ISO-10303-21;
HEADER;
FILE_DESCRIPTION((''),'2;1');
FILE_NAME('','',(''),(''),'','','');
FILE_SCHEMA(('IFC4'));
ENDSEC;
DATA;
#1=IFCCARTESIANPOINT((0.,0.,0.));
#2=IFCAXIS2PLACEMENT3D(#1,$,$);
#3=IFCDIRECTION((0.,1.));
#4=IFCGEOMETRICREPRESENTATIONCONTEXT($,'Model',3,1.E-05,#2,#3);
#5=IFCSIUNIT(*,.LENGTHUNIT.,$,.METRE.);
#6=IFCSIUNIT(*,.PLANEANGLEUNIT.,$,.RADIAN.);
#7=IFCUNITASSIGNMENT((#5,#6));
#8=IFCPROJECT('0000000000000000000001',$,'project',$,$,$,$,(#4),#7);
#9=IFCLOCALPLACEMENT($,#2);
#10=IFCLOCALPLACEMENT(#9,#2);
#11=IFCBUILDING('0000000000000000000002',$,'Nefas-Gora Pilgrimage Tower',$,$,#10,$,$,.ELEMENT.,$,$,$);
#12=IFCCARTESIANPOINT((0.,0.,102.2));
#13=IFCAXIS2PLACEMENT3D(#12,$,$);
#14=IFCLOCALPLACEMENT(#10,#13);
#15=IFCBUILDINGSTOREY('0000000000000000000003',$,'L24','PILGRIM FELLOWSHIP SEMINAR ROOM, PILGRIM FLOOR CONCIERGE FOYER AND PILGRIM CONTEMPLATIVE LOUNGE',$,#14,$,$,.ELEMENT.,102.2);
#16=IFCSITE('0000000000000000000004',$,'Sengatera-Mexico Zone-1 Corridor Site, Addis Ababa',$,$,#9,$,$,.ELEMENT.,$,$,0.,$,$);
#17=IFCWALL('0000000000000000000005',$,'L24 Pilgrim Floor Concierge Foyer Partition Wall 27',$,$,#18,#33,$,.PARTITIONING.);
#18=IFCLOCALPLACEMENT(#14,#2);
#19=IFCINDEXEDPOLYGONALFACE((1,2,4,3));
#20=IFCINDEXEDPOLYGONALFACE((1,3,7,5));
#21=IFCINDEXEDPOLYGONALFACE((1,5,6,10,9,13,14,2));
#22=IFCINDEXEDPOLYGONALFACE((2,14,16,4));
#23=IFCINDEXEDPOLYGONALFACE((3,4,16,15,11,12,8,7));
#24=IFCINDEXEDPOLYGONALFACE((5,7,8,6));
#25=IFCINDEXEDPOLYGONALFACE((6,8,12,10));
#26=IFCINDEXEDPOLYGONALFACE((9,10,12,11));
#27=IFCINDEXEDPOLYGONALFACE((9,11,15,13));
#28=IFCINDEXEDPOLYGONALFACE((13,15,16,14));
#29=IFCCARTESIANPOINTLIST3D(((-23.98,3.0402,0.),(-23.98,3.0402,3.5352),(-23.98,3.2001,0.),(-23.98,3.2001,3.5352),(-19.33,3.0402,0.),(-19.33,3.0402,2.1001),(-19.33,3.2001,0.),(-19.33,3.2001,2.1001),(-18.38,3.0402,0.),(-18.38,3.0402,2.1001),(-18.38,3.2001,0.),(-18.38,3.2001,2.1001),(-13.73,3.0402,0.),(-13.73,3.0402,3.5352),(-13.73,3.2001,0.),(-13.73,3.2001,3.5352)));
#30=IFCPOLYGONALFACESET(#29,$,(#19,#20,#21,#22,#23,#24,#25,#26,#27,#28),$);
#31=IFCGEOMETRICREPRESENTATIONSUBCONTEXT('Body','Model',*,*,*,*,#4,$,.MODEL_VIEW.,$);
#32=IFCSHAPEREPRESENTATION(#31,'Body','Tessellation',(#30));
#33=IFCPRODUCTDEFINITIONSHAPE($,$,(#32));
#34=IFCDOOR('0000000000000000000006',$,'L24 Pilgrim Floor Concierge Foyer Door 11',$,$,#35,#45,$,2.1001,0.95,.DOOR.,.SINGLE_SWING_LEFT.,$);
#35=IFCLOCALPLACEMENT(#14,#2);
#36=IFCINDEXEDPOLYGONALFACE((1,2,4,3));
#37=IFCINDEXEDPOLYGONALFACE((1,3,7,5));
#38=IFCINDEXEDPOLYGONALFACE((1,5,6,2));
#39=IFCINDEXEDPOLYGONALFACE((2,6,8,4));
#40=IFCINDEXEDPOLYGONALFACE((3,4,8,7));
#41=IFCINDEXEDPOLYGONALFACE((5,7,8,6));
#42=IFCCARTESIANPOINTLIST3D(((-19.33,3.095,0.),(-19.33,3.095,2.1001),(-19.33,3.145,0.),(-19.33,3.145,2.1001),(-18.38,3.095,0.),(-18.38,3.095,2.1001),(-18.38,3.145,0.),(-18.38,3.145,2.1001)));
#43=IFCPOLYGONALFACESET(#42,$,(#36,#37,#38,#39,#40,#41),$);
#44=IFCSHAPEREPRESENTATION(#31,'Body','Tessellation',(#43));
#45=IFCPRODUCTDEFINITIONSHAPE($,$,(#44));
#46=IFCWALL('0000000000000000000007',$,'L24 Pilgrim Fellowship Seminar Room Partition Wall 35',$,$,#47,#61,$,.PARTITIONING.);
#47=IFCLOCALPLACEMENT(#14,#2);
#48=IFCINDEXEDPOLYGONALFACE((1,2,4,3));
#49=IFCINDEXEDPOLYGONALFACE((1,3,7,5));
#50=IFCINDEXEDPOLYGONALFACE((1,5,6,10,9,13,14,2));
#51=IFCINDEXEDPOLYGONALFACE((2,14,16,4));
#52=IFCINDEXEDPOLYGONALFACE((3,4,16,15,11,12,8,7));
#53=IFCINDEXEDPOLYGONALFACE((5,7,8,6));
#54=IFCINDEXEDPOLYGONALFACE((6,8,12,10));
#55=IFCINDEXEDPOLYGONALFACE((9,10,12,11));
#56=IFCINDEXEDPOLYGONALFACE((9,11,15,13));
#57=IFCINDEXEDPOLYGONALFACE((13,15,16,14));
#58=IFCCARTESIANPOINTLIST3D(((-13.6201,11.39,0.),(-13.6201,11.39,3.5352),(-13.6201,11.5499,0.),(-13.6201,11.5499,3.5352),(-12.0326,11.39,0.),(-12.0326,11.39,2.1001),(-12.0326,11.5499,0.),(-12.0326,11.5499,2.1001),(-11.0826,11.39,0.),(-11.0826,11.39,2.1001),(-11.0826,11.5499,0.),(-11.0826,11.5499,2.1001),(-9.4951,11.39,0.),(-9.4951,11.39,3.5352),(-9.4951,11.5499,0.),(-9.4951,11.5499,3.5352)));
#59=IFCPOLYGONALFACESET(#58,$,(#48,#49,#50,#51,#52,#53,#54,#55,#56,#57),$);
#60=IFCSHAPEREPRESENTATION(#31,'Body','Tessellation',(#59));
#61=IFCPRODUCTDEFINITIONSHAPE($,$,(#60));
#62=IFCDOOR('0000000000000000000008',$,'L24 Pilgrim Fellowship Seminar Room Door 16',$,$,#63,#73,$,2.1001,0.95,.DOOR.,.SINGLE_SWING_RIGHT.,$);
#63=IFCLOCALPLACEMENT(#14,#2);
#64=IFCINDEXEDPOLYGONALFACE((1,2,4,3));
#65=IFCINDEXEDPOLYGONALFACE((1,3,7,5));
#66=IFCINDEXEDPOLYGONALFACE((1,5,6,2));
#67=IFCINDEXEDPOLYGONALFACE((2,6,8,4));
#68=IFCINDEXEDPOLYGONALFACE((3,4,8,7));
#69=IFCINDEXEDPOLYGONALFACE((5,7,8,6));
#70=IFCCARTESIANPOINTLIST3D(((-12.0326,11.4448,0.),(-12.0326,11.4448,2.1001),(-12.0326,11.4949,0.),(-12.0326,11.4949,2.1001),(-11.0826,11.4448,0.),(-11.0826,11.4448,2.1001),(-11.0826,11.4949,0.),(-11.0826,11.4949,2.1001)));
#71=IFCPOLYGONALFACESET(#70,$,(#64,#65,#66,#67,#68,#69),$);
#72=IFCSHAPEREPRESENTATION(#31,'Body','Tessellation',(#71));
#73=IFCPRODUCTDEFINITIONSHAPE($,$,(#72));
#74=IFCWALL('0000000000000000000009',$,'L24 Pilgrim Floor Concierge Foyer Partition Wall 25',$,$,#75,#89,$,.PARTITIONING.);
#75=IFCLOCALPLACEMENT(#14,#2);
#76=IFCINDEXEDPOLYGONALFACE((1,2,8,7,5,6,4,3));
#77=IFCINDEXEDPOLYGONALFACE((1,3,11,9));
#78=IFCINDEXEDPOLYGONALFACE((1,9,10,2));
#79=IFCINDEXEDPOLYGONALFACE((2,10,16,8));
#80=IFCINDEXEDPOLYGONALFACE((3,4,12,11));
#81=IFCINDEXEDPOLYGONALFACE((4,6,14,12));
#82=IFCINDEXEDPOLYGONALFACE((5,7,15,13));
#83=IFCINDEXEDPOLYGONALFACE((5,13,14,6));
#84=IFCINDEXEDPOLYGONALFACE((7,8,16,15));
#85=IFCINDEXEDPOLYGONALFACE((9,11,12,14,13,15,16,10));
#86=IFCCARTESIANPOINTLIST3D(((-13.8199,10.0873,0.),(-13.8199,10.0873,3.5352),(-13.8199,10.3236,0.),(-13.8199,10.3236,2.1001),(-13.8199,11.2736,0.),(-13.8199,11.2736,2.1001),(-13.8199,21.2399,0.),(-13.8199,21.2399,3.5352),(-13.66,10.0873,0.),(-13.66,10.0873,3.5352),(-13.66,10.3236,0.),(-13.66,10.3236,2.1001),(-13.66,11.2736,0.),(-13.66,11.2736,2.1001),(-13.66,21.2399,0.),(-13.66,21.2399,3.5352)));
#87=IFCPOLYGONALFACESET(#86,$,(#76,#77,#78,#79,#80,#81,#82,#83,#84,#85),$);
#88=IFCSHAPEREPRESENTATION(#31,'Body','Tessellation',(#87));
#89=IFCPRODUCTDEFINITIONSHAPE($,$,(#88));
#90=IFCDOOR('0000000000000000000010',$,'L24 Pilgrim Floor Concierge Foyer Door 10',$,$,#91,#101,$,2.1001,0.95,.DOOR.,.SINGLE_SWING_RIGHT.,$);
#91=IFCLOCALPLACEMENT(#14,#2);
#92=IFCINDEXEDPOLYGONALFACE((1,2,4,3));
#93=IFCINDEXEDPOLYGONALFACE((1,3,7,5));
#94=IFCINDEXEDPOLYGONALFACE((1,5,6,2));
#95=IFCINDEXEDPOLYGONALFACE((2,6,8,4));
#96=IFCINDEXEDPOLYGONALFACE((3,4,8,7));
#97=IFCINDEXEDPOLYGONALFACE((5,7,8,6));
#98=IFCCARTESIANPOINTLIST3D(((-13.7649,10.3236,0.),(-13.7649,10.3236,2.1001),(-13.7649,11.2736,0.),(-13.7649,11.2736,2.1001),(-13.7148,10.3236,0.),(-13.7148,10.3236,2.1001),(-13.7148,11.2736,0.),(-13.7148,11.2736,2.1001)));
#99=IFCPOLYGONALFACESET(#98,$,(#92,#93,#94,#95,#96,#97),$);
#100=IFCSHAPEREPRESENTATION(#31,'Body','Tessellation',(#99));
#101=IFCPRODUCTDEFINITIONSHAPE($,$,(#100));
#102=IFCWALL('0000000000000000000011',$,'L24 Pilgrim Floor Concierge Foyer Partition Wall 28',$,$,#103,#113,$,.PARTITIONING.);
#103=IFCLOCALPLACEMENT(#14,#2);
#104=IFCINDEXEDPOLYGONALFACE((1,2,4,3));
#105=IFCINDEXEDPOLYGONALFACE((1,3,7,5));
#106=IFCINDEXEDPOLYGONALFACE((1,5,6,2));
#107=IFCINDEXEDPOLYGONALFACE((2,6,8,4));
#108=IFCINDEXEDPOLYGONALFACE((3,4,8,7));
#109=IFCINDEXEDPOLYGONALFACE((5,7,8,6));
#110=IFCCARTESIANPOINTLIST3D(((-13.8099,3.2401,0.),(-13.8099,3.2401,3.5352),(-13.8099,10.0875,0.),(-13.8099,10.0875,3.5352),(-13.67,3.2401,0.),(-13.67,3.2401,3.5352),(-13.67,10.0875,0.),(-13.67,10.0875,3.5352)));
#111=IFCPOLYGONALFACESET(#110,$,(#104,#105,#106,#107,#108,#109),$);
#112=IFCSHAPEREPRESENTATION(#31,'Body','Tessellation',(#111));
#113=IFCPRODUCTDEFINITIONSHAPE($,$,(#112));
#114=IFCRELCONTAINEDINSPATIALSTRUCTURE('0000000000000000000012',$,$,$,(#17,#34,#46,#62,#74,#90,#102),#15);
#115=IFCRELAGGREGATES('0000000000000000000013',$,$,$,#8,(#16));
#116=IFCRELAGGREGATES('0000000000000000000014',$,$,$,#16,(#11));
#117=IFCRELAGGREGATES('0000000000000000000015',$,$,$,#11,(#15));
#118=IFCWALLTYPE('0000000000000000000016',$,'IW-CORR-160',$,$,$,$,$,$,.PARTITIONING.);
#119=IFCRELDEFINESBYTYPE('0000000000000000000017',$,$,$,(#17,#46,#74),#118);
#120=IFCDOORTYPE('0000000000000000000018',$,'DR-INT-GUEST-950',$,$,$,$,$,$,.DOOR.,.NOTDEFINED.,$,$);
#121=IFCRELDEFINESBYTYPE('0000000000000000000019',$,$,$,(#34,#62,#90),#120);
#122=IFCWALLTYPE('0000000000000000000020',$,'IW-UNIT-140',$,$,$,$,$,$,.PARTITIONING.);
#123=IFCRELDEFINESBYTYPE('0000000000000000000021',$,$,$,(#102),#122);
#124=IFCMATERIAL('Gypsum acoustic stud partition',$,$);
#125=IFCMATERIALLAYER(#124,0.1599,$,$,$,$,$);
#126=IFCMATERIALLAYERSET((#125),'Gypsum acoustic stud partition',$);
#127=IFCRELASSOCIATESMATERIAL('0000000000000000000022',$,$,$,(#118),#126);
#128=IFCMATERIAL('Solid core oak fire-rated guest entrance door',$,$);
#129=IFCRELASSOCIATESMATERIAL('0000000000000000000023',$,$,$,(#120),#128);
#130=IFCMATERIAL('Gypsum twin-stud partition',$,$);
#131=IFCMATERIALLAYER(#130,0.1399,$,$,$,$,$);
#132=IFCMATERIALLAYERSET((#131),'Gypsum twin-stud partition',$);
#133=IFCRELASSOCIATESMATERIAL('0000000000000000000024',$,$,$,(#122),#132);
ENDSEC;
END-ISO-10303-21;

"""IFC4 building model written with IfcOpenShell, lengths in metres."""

from ifc_helpers import new_model, si_unit, direction, frame, frame_2d, origin, place, context, subcontext, project, spatial, rectangle, extrude, source, transform, mapped, material, layer, layer_set, type_object, element, fill, save


model = new_model("IFC4")

# Units and contexts
model_context = context("Model", 3, precision=1e-05, world=origin(), true_north=direction((0.0, 1.0)))
body_context = subcontext(model_context, "Body", "Model", "MODEL_VIEW")
ifc_project = project(units=[si_unit("LENGTHUNIT", "METRE"), si_unit("PLANEANGLEUNIT", "RADIAN")], contexts=[model_context])

# Site, building, storey
site_placement = place(None, origin())
site = spatial("IfcSite", under=ifc_project, at=site_placement, Name="Sengatera-Mexico Zone-1 Corridor Site, Addis Ababa", CompositionType="ELEMENT", RefElevation=0.0)
building_placement = place(site_placement, origin())
building = spatial("IfcBuilding", under=site, at=building_placement, Name="Nefas-Gora Pilgrimage Tower", CompositionType="ELEMENT")
storey_placement = place(building_placement, frame((0.0, 0.0, 102.2)))
storey = spatial("IfcBuildingStorey", under=building, at=storey_placement, Name="L24", Description="PILGRIM FELLOWSHIP SEMINAR ROOM, PILGRIM FLOOR CONCIERGE FOYER AND PILGRIM CONTEMPLATIVE LOUNGE", CompositionType="ELEMENT", Elevation=102.2)

# Walls, openings, doors
ifc_material_1 = material(Name="Gypsum acoustic stud partition")
ifc_layer_1 = layer(ifc_material_1, 0.1599)
ifc_layer_set_1 = layer_set([ifc_layer_1], Name="Gypsum acoustic stud partition")
wall_type_1 = type_object("IfcWallType", Name="IW-CORR-160", PredefinedType="PARTITIONING", material=ifc_layer_set_1)
shared_shape_1 = source(origin(), body_context, "Body", "SweptSolid", [
    extrude(rectangle(XDim=10.25, YDim=0.1599, at=frame_2d((5.125, 0.0))), origin(), (0.0, 0.0, 1.0), 3.5352),
])
wall_1_placement = place(storey_placement, frame((-23.98, 3.1201, 0.0), z_axis=(0.0, 0.0, 1.0), x_axis=(1.0, 0.0, 0.0)))
wall_1 = element("IfcWall", 1, at=wall_1_placement, inside=storey, type_object=wall_type_1, Name="L24 Pilgrim Floor Concierge Foyer Partition Wall 27", PredefinedType="PARTITIONING", context=body_context, shape_type="MappedRepresentation", body=[
    mapped(shared_shape_1, transform((0.0, 0.0, 0.0), x_axis=(1.0, 0.0, 0.0), y_axis=(0.0, 1.0, 0.0), z_axis=(0.0, 0.0, 1.0), scale=1.0)),
])
opening_1_placement = place(wall_1_placement, frame((4.6499, 0.0, 0.0)))
opening_1 = element("IfcOpeningElement", 2, at=opening_1_placement, cuts=wall_1, PredefinedType="OPENING", context=body_context, shape_type="SweptSolid", body=[
    extrude(rectangle(XDim=0.95, YDim=2.1001, at=frame_2d((0.4751, 1.05))), frame((0.0, 0.0898, 0.0), z_axis=(0.0, -1.0, 0.0), x_axis=(1.0, 0.0, 0.0)), (0.0, 0.0, 1.0), 0.1799),
])
ifc_material_2 = material(Name="Solid core oak fire-rated guest entrance door")
door_type = type_object("IfcDoorType", Name="DR-INT-GUEST-950", OperationType="NOTDEFINED", PredefinedType="DOOR", material=ifc_material_2)
shared_shape_2 = source(origin(), body_context, "Body", "SweptSolid", [
    extrude(rectangle(XDim=0.95, YDim=2.1001, at=frame_2d((0.4751, 1.05))), frame((0.0, 0.0249, 0.0), z_axis=(0.0, -1.0, 0.0), x_axis=(1.0, 0.0, 0.0)), (0.0, 0.0, 1.0), 0.05),
])
door_1_placement = place(opening_1_placement, origin())
door_1 = element("IfcDoor", 3, at=door_1_placement, inside=storey, type_object=door_type, Name="L24 Pilgrim Floor Concierge Foyer Door 11", OperationType="SINGLE_SWING_LEFT", OverallHeight=2.1001, OverallWidth=0.95, PredefinedType="DOOR", context=body_context, shape_type="MappedRepresentation", body=[
    mapped(shared_shape_2, transform((0.0, 0.0, 0.0), x_axis=(1.0, 0.0, 0.0), y_axis=(0.0, 1.0, 0.0), z_axis=(0.0, 0.0, 1.0), scale=1.0)),
])
fill(opening_1, door_1)
shared_shape_3 = source(origin(), body_context, "Body", "SweptSolid", [
    extrude(rectangle(XDim=4.125, YDim=0.1599, at=frame_2d((2.0625, 0.0))), origin(), (0.0, 0.0, 1.0), 3.5352),
])
wall_2_placement = place(storey_placement, frame((-13.6201, 11.47, 0.0), z_axis=(0.0, 0.0, 1.0), x_axis=(1.0, 0.0, 0.0)))
wall_2 = element("IfcWall", 4, at=wall_2_placement, inside=storey, type_object=wall_type_1, Name="L24 Pilgrim Fellowship Seminar Room Partition Wall 35", PredefinedType="PARTITIONING", context=body_context, shape_type="MappedRepresentation", body=[
    mapped(shared_shape_3, transform((0.0, 0.0, 0.0), x_axis=(1.0, 0.0, 0.0), y_axis=(0.0, 1.0, 0.0), z_axis=(0.0, 0.0, 1.0), scale=1.0)),
])
opening_2_placement = place(wall_2_placement, frame((1.5874, 0.0, 0.0)))
opening_2 = element("IfcOpeningElement", 5, at=opening_2_placement, cuts=wall_2, PredefinedType="OPENING", context=body_context, shape_type="SweptSolid", body=[
    extrude(rectangle(XDim=0.95, YDim=2.1001, at=frame_2d((0.4751, 1.05))), frame((0.0, 0.0898, 0.0), z_axis=(0.0, -1.0, 0.0), x_axis=(1.0, 0.0, 0.0)), (0.0, 0.0, 1.0), 0.1799),
])
door_2_placement = place(opening_2_placement, origin())
door_2 = element("IfcDoor", 6, at=door_2_placement, inside=storey, type_object=door_type, Name="L24 Pilgrim Fellowship Seminar Room Door 16", OperationType="SINGLE_SWING_RIGHT", OverallHeight=2.1001, OverallWidth=0.95, PredefinedType="DOOR", context=body_context, shape_type="MappedRepresentation", body=[
    mapped(shared_shape_2, transform((0.0, 0.0, 0.0), x_axis=(1.0, 0.0, 0.0), y_axis=(0.0, 1.0, 0.0), z_axis=(0.0, 0.0, 1.0), scale=1.0)),
])
fill(opening_2, door_2)
shared_shape_4 = source(origin(), body_context, "Body", "SweptSolid", [
    extrude(rectangle(XDim=11.1526, YDim=0.1599, at=frame_2d((5.5762, 0.0))), origin(), (0.0, 0.0, 1.0), 3.5352),
])
wall_3_placement = place(storey_placement, frame((-13.74, 10.0874, 0.0), z_axis=(0.0, 0.0, 1.0), x_axis=(0.0, 1.0, 0.0)))
wall_3 = element("IfcWall", 7, at=wall_3_placement, inside=storey, type_object=wall_type_1, Name="L24 Pilgrim Floor Concierge Foyer Partition Wall 25", PredefinedType="PARTITIONING", context=body_context, shape_type="MappedRepresentation", body=[
    mapped(shared_shape_4, transform((0.0, 0.0, 0.0), x_axis=(1.0, 0.0, 0.0), y_axis=(0.0, 1.0, 0.0), z_axis=(0.0, 0.0, 1.0), scale=1.0)),
])
opening_3_placement = place(wall_3_placement, frame((0.2361, 0.0, 0.0)))
opening_3 = element("IfcOpeningElement", 8, at=opening_3_placement, cuts=wall_3, PredefinedType="OPENING", context=body_context, shape_type="SweptSolid", body=[
    extrude(rectangle(XDim=0.95, YDim=2.1001, at=frame_2d((0.4751, 1.05))), frame((0.0, 0.0898, 0.0), z_axis=(0.0, -1.0, 0.0), x_axis=(1.0, 0.0, 0.0)), (0.0, 0.0, 1.0), 0.1799),
])
door_3_placement = place(opening_3_placement, origin())
door_3 = element("IfcDoor", 9, at=door_3_placement, inside=storey, type_object=door_type, Name="L24 Pilgrim Floor Concierge Foyer Door 10", OperationType="SINGLE_SWING_RIGHT", OverallHeight=2.1001, OverallWidth=0.95, PredefinedType="DOOR", context=body_context, shape_type="MappedRepresentation", body=[
    mapped(shared_shape_2, transform((0.0, 0.0, 0.0), x_axis=(1.0, 0.0, 0.0), y_axis=(0.0, 1.0, 0.0), z_axis=(0.0, 0.0, 1.0), scale=1.0)),
])
fill(opening_3, door_3)

# Wall
ifc_material_3 = material(Name="Gypsum twin-stud partition")
ifc_layer_2 = layer(ifc_material_3, 0.1399)
ifc_layer_set_2 = layer_set([ifc_layer_2], Name="Gypsum twin-stud partition")
wall_type_2 = type_object("IfcWallType", Name="IW-UNIT-140", PredefinedType="PARTITIONING", material=ifc_layer_set_2)
shared_shape_5 = source(origin(), body_context, "Body", "SweptSolid", [
    extrude(rectangle(XDim=6.8474, YDim=0.1399, at=frame_2d((3.4238, 0.0))), origin(), (0.0, 0.0, 1.0), 3.5352),
])
wall_4_placement = place(storey_placement, frame((-13.74, 3.24, 0.0), z_axis=(0.0, 0.0, 1.0), x_axis=(0.0, 1.0, 0.0)))
element("IfcWall", 10, at=wall_4_placement, inside=storey, type_object=wall_type_2, Name="L24 Pilgrim Floor Concierge Foyer Partition Wall 28", PredefinedType="PARTITIONING", context=body_context, shape_type="MappedRepresentation", body=[
    mapped(shared_shape_5, transform((0.0, 0.0, 0.0), x_axis=(1.0, 0.0, 0.0), y_axis=(0.0, 1.0, 0.0), z_axis=(0.0, 0.0, 1.0), scale=1.0)),
])

save(model, "model.ifc")
